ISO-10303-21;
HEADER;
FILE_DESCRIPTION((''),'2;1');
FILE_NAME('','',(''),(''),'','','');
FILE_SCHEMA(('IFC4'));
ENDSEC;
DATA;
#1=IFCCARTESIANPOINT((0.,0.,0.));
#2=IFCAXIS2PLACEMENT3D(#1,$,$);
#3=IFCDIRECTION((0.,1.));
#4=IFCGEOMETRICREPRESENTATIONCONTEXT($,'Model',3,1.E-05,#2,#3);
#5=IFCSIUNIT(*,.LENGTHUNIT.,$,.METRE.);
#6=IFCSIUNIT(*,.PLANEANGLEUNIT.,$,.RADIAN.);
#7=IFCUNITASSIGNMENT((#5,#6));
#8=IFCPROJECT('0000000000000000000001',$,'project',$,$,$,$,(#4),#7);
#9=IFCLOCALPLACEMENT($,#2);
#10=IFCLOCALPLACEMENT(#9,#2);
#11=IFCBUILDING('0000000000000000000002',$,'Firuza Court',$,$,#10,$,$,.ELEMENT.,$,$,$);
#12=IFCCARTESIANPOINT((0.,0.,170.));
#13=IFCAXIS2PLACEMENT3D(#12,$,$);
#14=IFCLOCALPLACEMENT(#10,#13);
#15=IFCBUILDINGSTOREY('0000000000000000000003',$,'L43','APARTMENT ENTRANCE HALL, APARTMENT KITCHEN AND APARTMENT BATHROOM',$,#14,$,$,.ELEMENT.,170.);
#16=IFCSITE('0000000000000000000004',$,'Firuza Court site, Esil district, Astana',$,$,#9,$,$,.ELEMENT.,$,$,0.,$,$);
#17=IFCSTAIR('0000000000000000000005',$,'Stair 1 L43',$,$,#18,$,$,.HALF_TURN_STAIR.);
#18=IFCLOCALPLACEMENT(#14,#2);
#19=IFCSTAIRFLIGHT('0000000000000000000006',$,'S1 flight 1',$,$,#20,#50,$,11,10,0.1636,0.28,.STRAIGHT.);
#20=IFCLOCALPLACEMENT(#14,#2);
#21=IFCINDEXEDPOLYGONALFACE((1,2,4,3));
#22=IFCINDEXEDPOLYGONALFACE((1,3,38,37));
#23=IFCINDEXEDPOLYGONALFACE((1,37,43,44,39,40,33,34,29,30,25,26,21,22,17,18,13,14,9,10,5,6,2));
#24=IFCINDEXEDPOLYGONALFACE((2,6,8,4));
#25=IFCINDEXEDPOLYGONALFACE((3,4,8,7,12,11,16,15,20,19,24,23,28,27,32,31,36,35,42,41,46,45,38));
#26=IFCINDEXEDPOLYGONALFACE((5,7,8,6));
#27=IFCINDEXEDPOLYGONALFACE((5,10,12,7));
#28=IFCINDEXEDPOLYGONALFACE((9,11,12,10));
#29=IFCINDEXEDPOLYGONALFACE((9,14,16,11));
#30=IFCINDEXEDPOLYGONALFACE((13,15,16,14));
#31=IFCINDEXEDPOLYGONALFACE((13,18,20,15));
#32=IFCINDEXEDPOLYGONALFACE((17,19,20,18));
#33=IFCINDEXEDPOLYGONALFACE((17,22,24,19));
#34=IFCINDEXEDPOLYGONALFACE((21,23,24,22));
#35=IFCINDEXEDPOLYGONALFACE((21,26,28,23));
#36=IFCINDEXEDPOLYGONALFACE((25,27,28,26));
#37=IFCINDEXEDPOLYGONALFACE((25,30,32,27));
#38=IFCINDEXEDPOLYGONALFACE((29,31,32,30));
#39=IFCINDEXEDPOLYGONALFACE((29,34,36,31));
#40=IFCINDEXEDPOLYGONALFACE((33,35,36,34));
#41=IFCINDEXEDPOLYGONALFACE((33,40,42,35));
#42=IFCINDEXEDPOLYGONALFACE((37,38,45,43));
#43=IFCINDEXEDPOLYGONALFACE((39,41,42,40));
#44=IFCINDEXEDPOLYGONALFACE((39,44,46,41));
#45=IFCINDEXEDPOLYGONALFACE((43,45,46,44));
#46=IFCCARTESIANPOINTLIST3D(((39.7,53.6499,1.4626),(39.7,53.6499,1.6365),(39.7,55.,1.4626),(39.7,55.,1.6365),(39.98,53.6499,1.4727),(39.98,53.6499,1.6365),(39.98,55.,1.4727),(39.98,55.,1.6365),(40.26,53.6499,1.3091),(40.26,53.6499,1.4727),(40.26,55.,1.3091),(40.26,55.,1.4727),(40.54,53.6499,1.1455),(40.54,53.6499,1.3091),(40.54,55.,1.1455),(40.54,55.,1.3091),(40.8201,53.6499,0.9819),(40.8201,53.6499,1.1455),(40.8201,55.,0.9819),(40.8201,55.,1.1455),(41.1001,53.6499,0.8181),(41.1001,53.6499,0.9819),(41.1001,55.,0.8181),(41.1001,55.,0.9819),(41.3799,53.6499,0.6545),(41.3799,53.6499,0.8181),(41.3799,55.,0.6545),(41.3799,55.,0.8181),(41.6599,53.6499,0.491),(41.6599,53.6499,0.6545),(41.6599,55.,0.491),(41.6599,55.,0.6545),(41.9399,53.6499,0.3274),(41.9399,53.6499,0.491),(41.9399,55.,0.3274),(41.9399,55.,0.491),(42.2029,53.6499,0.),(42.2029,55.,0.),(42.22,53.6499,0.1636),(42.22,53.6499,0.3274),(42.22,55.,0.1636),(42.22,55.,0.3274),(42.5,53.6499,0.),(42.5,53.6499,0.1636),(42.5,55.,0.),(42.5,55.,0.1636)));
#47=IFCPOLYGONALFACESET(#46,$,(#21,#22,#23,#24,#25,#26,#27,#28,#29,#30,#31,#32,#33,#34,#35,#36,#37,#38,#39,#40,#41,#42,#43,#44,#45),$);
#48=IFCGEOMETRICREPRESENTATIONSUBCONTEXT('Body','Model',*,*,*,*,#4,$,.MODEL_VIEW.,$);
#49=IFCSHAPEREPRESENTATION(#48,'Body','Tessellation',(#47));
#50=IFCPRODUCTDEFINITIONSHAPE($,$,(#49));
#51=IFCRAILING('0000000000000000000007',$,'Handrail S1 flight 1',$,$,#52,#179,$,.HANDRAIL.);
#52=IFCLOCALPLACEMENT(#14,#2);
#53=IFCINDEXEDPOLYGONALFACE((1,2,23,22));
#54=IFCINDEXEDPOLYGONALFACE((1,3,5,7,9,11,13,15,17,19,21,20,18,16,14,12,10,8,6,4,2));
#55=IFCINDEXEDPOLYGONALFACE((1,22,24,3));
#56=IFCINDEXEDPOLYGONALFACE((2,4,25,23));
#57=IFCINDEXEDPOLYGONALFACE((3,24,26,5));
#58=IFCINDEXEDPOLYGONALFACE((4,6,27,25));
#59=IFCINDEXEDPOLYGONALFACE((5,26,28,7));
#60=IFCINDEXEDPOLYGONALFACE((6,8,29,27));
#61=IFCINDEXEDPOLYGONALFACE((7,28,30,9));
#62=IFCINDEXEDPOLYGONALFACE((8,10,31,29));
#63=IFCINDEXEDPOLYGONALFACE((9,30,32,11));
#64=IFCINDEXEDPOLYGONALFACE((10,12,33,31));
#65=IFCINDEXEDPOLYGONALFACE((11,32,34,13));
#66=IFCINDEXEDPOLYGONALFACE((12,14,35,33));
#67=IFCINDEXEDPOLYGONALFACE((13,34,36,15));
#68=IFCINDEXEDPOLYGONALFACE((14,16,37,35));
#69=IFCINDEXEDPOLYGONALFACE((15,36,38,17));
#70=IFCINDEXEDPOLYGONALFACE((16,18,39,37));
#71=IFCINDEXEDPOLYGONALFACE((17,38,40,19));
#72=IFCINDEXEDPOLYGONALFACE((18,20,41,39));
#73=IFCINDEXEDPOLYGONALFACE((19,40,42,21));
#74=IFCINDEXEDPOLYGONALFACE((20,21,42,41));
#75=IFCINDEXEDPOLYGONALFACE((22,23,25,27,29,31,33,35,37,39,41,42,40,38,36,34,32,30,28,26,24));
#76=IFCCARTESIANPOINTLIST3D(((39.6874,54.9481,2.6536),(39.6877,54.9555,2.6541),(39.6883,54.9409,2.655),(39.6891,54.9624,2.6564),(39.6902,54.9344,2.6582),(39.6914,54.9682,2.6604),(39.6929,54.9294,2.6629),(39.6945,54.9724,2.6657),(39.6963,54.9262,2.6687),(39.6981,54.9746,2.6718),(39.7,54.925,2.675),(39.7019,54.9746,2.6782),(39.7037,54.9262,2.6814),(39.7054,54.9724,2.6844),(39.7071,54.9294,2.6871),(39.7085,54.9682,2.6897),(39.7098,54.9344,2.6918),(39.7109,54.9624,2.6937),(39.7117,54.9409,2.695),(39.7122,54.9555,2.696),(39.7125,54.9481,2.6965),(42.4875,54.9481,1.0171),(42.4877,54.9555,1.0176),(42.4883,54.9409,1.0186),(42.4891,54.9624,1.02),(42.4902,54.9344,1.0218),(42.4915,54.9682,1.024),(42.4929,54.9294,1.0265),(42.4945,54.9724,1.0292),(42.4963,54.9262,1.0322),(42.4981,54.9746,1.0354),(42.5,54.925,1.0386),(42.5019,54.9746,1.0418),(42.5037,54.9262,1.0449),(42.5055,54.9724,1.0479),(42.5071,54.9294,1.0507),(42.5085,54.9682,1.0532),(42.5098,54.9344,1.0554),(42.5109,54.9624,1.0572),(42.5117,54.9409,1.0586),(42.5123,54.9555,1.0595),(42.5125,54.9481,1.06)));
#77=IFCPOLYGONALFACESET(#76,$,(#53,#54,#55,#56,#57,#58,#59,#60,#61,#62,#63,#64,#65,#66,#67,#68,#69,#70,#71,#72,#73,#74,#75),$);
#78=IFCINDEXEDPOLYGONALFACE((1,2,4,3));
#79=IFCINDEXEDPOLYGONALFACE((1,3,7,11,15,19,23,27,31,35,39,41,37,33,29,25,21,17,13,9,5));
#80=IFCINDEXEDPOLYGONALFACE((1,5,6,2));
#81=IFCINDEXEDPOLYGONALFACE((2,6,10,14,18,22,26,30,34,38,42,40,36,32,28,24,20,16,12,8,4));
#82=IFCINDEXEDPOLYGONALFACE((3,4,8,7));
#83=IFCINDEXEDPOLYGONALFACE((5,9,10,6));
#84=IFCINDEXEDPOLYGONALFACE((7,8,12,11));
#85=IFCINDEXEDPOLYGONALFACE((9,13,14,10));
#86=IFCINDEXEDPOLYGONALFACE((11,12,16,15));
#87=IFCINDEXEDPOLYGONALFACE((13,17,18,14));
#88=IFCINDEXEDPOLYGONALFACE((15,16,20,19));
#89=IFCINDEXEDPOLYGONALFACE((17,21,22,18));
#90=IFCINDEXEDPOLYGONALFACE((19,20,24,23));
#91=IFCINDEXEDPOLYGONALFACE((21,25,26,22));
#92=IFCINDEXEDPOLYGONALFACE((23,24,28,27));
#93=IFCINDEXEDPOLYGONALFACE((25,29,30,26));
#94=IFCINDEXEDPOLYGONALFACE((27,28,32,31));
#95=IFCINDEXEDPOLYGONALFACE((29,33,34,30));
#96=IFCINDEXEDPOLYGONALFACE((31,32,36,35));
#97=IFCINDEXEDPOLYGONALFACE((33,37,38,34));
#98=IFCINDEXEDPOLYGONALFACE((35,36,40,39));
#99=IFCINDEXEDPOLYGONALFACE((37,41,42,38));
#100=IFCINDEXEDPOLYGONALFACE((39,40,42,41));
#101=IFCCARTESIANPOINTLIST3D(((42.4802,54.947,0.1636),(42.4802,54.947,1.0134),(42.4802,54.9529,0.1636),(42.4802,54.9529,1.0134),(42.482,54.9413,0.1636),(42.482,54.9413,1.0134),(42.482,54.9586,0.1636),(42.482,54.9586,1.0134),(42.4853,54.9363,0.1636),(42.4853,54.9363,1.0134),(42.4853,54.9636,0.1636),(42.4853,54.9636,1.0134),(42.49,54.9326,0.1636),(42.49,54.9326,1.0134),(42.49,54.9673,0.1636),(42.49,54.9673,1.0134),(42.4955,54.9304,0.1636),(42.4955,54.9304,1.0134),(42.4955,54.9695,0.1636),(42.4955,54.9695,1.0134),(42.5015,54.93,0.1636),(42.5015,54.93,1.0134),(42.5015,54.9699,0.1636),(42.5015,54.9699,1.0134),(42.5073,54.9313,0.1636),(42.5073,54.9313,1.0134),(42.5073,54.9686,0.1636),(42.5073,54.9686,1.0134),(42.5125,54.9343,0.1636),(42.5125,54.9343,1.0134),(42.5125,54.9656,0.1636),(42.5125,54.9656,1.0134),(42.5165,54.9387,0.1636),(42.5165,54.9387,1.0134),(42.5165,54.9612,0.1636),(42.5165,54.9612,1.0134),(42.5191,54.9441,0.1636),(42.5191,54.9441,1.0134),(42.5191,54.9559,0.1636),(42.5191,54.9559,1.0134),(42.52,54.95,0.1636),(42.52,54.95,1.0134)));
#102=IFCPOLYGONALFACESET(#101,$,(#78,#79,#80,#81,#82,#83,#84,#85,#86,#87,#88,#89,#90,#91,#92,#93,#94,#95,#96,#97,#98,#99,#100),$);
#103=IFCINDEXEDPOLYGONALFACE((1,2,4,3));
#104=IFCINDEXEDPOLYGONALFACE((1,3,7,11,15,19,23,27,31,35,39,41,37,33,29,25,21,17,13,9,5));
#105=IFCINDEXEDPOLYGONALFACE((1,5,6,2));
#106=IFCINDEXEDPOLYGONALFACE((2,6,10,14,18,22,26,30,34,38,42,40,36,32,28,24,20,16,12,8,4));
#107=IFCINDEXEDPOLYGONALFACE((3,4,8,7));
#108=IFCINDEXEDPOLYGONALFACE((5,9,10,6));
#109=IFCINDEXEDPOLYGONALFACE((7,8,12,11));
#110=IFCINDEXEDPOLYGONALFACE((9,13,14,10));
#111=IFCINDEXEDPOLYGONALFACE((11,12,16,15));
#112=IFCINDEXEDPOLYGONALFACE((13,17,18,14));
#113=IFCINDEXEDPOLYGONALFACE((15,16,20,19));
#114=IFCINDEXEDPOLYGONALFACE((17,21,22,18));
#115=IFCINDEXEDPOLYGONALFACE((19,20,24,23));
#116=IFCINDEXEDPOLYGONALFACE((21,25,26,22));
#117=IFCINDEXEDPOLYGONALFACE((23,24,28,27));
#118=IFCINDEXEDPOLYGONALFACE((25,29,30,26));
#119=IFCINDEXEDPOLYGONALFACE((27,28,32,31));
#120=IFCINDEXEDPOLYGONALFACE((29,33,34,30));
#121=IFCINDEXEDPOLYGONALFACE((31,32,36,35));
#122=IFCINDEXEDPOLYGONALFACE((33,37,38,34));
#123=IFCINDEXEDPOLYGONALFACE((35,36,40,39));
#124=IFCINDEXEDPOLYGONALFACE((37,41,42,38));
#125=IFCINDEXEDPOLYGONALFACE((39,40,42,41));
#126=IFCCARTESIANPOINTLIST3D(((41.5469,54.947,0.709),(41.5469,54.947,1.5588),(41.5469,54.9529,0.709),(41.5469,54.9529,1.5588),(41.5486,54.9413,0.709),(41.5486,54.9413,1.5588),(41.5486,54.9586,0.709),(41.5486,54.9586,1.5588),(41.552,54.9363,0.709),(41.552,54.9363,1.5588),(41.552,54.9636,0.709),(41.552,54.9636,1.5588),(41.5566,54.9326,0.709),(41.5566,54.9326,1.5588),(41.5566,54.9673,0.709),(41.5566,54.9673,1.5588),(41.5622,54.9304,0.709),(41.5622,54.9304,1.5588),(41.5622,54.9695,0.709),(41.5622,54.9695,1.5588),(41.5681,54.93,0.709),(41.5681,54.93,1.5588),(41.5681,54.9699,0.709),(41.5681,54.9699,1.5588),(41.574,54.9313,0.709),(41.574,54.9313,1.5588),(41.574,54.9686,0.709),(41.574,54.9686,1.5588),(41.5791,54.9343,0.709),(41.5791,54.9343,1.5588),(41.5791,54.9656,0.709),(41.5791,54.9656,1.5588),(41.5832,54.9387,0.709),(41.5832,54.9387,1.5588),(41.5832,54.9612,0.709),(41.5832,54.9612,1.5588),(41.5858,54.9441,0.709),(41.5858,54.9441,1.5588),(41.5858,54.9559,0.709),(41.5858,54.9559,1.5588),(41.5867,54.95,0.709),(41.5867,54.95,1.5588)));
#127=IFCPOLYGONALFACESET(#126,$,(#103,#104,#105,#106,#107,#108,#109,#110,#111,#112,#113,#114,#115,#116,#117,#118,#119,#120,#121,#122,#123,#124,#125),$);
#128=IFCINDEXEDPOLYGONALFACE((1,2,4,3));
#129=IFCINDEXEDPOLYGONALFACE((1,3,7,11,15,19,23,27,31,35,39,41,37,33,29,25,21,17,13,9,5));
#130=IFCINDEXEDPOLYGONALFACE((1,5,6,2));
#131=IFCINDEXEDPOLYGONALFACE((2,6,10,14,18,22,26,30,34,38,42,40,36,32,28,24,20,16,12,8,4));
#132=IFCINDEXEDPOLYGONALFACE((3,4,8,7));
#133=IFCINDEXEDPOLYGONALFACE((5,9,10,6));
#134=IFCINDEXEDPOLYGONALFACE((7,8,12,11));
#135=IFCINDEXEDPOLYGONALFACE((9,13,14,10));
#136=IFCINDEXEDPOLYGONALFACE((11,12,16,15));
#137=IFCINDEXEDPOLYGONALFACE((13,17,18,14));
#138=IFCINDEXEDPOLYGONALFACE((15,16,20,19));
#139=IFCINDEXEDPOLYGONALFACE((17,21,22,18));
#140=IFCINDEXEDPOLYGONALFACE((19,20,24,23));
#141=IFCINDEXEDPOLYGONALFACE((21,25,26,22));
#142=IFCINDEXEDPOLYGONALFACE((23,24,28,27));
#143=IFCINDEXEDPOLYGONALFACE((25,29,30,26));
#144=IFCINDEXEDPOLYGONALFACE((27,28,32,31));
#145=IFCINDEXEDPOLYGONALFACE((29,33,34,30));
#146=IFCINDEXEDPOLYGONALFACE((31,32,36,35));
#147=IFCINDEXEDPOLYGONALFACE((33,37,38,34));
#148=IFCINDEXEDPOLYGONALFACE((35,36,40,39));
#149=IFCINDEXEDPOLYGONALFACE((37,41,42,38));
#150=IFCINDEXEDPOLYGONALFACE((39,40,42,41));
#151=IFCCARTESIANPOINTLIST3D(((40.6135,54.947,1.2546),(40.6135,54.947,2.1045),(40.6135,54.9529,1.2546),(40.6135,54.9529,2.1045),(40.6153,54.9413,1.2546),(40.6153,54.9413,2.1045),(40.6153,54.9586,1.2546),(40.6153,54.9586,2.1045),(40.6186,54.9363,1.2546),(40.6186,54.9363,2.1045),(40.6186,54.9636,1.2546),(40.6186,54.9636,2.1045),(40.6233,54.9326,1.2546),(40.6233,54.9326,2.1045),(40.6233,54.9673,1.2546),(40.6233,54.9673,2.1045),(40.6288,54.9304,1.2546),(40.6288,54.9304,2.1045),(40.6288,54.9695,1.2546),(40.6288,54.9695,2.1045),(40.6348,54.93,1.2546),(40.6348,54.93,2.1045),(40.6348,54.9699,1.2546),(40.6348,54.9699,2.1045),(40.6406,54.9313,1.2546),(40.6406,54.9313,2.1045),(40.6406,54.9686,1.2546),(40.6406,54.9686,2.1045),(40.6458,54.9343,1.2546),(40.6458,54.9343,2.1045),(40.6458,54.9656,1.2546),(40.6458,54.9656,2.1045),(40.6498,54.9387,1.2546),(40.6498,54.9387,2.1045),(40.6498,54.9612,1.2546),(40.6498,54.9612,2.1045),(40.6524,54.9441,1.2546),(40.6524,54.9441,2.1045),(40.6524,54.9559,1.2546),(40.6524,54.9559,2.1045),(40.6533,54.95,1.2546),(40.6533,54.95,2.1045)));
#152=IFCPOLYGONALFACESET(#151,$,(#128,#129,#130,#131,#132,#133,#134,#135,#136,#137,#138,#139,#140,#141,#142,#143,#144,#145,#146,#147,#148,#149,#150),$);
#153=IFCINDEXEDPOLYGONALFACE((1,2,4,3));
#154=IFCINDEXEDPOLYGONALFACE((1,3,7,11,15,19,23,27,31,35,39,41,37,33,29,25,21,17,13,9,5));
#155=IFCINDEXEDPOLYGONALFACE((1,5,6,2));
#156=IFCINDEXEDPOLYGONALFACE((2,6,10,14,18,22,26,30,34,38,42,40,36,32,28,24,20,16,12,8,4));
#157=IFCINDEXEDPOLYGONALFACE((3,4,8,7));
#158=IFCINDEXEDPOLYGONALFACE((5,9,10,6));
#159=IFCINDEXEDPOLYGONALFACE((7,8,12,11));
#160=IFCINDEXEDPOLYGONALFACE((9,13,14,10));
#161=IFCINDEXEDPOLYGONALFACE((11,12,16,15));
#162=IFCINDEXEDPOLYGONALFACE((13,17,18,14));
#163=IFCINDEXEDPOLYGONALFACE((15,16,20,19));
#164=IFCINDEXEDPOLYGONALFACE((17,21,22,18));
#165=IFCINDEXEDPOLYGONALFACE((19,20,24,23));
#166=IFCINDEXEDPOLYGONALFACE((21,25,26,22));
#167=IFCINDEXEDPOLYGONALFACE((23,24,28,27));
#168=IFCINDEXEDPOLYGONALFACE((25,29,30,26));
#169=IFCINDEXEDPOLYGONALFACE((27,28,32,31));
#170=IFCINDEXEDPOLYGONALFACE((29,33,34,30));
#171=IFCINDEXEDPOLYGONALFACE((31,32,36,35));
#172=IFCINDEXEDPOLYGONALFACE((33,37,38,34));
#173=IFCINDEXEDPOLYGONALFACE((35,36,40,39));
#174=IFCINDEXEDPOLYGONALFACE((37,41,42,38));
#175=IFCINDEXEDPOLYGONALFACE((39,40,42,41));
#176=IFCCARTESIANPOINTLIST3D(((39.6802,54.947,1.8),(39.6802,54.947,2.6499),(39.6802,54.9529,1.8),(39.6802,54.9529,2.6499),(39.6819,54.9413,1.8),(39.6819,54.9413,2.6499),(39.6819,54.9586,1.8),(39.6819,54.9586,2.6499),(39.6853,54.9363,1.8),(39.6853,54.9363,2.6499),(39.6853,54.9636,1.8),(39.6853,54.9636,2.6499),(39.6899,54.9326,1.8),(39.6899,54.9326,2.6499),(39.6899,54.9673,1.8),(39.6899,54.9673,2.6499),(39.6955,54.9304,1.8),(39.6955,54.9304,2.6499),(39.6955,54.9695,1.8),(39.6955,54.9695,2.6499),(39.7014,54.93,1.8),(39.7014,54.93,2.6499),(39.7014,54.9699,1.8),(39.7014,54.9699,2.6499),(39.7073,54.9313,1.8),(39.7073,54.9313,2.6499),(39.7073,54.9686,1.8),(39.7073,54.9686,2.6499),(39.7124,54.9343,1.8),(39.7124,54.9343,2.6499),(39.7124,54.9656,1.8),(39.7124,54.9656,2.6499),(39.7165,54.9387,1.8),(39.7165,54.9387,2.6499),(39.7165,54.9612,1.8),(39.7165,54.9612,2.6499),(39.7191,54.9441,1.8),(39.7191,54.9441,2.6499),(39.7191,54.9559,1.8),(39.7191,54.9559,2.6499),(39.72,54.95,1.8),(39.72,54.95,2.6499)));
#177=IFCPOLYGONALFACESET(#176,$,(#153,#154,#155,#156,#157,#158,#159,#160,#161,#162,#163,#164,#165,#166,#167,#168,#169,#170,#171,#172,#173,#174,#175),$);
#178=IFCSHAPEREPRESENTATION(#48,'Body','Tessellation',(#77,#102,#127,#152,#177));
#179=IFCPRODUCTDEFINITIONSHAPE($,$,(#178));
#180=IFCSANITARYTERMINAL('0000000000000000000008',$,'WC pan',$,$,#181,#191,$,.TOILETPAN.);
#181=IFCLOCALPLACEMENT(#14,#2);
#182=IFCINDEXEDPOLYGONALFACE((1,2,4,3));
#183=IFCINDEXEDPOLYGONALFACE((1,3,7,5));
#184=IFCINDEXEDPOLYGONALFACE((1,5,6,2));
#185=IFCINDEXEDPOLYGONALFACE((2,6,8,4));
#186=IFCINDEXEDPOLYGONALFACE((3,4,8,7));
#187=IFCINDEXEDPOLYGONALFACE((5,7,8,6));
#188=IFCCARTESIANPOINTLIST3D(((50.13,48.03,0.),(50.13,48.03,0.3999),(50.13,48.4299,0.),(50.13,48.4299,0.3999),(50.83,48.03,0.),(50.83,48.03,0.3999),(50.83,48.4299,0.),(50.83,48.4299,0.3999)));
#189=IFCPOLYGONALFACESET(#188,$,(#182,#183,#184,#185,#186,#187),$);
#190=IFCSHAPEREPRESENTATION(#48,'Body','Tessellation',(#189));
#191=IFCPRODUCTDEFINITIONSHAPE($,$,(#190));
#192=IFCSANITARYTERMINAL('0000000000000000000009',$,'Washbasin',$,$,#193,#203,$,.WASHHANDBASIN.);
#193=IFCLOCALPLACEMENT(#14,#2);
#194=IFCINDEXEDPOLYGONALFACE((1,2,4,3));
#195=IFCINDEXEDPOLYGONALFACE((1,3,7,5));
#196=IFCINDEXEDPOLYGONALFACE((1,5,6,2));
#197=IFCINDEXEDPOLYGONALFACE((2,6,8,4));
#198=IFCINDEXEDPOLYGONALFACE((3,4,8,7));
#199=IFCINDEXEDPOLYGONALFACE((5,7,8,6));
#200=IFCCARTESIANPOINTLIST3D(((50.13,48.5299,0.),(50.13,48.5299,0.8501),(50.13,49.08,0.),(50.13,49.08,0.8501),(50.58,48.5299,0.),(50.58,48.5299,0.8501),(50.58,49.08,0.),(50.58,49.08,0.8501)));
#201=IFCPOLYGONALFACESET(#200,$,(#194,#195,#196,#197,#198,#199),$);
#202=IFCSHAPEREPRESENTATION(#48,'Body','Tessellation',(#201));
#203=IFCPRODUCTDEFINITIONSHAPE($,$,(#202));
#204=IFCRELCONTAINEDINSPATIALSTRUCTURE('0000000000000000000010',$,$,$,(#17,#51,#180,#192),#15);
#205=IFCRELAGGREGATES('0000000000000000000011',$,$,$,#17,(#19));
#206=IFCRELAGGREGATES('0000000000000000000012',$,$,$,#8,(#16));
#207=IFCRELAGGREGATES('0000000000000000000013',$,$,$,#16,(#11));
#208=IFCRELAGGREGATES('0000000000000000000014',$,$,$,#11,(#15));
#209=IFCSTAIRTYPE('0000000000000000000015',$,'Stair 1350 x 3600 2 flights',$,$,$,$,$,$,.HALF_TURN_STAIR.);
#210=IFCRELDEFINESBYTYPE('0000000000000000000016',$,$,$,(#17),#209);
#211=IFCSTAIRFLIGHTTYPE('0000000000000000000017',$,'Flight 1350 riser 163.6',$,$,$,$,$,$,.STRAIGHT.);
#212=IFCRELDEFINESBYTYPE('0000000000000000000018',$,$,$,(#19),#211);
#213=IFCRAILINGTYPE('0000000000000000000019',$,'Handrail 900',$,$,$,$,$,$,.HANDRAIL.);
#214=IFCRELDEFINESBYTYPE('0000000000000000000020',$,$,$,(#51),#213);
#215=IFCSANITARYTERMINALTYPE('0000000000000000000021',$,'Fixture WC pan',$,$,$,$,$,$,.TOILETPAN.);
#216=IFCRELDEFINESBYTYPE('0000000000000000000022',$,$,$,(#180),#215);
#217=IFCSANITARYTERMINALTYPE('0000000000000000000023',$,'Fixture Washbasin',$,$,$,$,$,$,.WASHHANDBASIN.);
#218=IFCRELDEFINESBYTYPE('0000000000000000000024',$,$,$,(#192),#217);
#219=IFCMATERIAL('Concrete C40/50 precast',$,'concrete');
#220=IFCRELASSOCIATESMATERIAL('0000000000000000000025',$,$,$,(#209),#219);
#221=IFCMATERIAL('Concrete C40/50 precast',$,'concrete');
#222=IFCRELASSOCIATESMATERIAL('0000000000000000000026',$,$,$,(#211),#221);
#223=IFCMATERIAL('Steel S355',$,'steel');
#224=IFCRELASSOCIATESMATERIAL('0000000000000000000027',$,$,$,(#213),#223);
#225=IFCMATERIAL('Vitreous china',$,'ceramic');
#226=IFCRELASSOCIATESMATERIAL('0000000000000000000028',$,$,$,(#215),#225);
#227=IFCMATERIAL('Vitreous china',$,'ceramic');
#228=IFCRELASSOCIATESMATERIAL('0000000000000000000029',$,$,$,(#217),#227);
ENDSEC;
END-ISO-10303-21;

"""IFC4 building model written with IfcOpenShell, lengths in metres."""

from ifc_helpers import new_model, si_unit, direction, frame, origin, origin_2d, place, context, subcontext, project, spatial, polyline, rectangle, circle, outline, extrude, material, type_object, element, aggregate, save


model = new_model("IFC4")

# Units and contexts
model_context = context("Model", 3, precision=1e-05, world=origin(), true_north=direction((0.0, 1.0)))
body_context = subcontext(model_context, "Body", "Model", "MODEL_VIEW")
ifc_project = project(units=[si_unit("LENGTHUNIT", "METRE"), si_unit("PLANEANGLEUNIT", "RADIAN")], contexts=[model_context])

# Site, building, storey
site_placement = place(None, origin())
site = spatial("IfcSite", under=ifc_project, at=site_placement, Name="Firuza Court site, Esil district, Astana", CompositionType="ELEMENT", RefElevation=0.0)
building_placement = place(site_placement, origin())
building = spatial("IfcBuilding", under=site, at=building_placement, Name="Firuza Court", CompositionType="ELEMENT")
storey_placement = place(building_placement, frame((0.0, 0.0, 170.0)))
storey = spatial("IfcBuildingStorey", under=building, at=storey_placement, Name="L43", Description="APARTMENT ENTRANCE HALL, APARTMENT KITCHEN AND APARTMENT BATHROOM", CompositionType="ELEMENT", Elevation=170.0)

# Stair, stair flight
ifc_material_1 = material(Name="Concrete C40/50 precast", Category="concrete")
stair_type = type_object("IfcStairType", Name="Stair 1350 x 3600 2 flights", PredefinedType="HALF_TURN_STAIR", material=ifc_material_1)
stair_placement = place(storey_placement, origin())
stair = element("IfcStair", 1, at=stair_placement, inside=storey, type_object=stair_type, Name="Stair 1 L43", PredefinedType="HALF_TURN_STAIR")
ifc_material_2 = material(Name="Concrete C40/50 precast", Category="concrete")
stair_flight_type = type_object("IfcStairFlightType", Name="Flight 1350 riser 163.6", PredefinedType="STRAIGHT", material=ifc_material_2)
stair_flight_placement = place(storey_placement, frame((42.5, 54.325, 0.0), z_axis=(0.0, 0.0, 1.0), x_axis=(-1.0, 0.0, 0.0)))
stair_flight = element("IfcStairFlight", 2, at=stair_flight_placement, type_object=stair_flight_type, Name="S1 flight 1", NumberOfRisers=11, NumberOfTreads=10, PredefinedType="STRAIGHT", RiserHeight=0.1636, TreadLength=0.28, context=body_context, shape_type="SweptSolid", body=[
    extrude(outline(polyline([(0.0, 0.0), (0.0, 0.1636), (0.28, 0.1636), (0.28, 0.3274), (0.5601, 0.3274), (0.5601, 0.491), (0.8401, 0.491), (0.8401, 0.6545), (1.1201, 0.6545), (1.1201, 0.8181), (1.3999, 0.8181), (1.3999, 0.9819), (1.6799, 0.9819), (1.6799, 1.1455), (1.96, 1.1455), (1.96, 1.3091), (2.24, 1.3091), (2.24, 1.4727), (2.52, 1.4727), (2.52, 1.6365), (2.8, 1.6365), (2.8, 1.8), (2.8, 1.4626), (0.2971, 0.0), (0.0, 0.0)])), frame((0.0, 0.675, 0.0), z_axis=(0.0, -1.0, 0.0), x_axis=(1.0, 0.0, 0.0)), (0.0, 0.0, 1.0), 1.3501),
])
aggregate(stair, [stair_flight])

# Railing
ifc_material_3 = material(Name="Steel S355", Category="steel")
railing_type_1 = type_object("IfcRailingType", Name="Handrail 900", PredefinedType="HANDRAIL", material=ifc_material_3)
railing_1_placement = place(storey_placement, frame((42.5, 54.95, 0.1636)))
element("IfcRailing", 3, at=railing_1_placement, inside=storey, type_object=railing_type_1, Name="Handrail S1 flight 1", PredefinedType="HANDRAIL", context=body_context, shape_type="SweptSolid", body=[
    extrude(circle(Radius=0.0249, at=origin_2d()), frame((0.0, 0.0, 0.875), z_axis=(-0.863361, 0.0, 0.504587), x_axis=(0.0, -1.0, 0.0)), (0.0, 0.0, 1.0), 3.2432),
    extrude(circle(Radius=0.02, at=origin_2d()), origin(), (0.0, 0.0, 1.0), 0.8499),
    extrude(circle(Radius=0.02, at=origin_2d()), frame((-0.9333, 0.0, 0.5454)), (0.0, 0.0, 1.0), 0.8499),
    extrude(circle(Radius=0.02, at=origin_2d()), frame((-1.8667, 0.0, 1.0911)), (0.0, 0.0, 1.0), 0.8499),
    extrude(circle(Radius=0.02, at=origin_2d()), frame((-2.8, 0.0, 1.6365)), (0.0, 0.0, 1.0), 0.8499),
])

# Sanitary terminals
ifc_material_4 = material(Name="Vitreous china", Category="ceramic")
sanitary_terminal_type_1 = type_object("IfcSanitaryTerminalType", Name="Fixture WC pan", PredefinedType="TOILETPAN", material=ifc_material_4)
sanitary_terminal_1_placement = place(storey_placement, frame((50.48, 48.23, 0.0), z_axis=(0.0, 0.0, 1.0), x_axis=(1.0, 0.0, 0.0)))
element("IfcSanitaryTerminal", 4, at=sanitary_terminal_1_placement, inside=storey, type_object=sanitary_terminal_type_1, Name="WC pan", PredefinedType="TOILETPAN", context=body_context, shape_type="SweptSolid", body=[
    extrude(rectangle(XDim=0.7, YDim=0.3999, at=origin_2d()), origin(), (0.0, 0.0, 1.0), 0.3999),
])
ifc_material_5 = material(Name="Vitreous china", Category="ceramic")
sanitary_terminal_type_2 = type_object("IfcSanitaryTerminalType", Name="Fixture Washbasin", PredefinedType="WASHHANDBASIN", material=ifc_material_5)
sanitary_terminal_2_placement = place(storey_placement, frame((50.355, 48.8049, 0.0), z_axis=(0.0, 0.0, 1.0), x_axis=(1.0, 0.0, 0.0)))
element("IfcSanitaryTerminal", 5, at=sanitary_terminal_2_placement, inside=storey, type_object=sanitary_terminal_type_2, Name="Washbasin", PredefinedType="WASHHANDBASIN", context=body_context, shape_type="SweptSolid", body=[
    extrude(rectangle(XDim=0.45, YDim=0.55, at=origin_2d()), origin(), (0.0, 0.0, 1.0), 0.8501),
])

save(model, "model.ifc")
